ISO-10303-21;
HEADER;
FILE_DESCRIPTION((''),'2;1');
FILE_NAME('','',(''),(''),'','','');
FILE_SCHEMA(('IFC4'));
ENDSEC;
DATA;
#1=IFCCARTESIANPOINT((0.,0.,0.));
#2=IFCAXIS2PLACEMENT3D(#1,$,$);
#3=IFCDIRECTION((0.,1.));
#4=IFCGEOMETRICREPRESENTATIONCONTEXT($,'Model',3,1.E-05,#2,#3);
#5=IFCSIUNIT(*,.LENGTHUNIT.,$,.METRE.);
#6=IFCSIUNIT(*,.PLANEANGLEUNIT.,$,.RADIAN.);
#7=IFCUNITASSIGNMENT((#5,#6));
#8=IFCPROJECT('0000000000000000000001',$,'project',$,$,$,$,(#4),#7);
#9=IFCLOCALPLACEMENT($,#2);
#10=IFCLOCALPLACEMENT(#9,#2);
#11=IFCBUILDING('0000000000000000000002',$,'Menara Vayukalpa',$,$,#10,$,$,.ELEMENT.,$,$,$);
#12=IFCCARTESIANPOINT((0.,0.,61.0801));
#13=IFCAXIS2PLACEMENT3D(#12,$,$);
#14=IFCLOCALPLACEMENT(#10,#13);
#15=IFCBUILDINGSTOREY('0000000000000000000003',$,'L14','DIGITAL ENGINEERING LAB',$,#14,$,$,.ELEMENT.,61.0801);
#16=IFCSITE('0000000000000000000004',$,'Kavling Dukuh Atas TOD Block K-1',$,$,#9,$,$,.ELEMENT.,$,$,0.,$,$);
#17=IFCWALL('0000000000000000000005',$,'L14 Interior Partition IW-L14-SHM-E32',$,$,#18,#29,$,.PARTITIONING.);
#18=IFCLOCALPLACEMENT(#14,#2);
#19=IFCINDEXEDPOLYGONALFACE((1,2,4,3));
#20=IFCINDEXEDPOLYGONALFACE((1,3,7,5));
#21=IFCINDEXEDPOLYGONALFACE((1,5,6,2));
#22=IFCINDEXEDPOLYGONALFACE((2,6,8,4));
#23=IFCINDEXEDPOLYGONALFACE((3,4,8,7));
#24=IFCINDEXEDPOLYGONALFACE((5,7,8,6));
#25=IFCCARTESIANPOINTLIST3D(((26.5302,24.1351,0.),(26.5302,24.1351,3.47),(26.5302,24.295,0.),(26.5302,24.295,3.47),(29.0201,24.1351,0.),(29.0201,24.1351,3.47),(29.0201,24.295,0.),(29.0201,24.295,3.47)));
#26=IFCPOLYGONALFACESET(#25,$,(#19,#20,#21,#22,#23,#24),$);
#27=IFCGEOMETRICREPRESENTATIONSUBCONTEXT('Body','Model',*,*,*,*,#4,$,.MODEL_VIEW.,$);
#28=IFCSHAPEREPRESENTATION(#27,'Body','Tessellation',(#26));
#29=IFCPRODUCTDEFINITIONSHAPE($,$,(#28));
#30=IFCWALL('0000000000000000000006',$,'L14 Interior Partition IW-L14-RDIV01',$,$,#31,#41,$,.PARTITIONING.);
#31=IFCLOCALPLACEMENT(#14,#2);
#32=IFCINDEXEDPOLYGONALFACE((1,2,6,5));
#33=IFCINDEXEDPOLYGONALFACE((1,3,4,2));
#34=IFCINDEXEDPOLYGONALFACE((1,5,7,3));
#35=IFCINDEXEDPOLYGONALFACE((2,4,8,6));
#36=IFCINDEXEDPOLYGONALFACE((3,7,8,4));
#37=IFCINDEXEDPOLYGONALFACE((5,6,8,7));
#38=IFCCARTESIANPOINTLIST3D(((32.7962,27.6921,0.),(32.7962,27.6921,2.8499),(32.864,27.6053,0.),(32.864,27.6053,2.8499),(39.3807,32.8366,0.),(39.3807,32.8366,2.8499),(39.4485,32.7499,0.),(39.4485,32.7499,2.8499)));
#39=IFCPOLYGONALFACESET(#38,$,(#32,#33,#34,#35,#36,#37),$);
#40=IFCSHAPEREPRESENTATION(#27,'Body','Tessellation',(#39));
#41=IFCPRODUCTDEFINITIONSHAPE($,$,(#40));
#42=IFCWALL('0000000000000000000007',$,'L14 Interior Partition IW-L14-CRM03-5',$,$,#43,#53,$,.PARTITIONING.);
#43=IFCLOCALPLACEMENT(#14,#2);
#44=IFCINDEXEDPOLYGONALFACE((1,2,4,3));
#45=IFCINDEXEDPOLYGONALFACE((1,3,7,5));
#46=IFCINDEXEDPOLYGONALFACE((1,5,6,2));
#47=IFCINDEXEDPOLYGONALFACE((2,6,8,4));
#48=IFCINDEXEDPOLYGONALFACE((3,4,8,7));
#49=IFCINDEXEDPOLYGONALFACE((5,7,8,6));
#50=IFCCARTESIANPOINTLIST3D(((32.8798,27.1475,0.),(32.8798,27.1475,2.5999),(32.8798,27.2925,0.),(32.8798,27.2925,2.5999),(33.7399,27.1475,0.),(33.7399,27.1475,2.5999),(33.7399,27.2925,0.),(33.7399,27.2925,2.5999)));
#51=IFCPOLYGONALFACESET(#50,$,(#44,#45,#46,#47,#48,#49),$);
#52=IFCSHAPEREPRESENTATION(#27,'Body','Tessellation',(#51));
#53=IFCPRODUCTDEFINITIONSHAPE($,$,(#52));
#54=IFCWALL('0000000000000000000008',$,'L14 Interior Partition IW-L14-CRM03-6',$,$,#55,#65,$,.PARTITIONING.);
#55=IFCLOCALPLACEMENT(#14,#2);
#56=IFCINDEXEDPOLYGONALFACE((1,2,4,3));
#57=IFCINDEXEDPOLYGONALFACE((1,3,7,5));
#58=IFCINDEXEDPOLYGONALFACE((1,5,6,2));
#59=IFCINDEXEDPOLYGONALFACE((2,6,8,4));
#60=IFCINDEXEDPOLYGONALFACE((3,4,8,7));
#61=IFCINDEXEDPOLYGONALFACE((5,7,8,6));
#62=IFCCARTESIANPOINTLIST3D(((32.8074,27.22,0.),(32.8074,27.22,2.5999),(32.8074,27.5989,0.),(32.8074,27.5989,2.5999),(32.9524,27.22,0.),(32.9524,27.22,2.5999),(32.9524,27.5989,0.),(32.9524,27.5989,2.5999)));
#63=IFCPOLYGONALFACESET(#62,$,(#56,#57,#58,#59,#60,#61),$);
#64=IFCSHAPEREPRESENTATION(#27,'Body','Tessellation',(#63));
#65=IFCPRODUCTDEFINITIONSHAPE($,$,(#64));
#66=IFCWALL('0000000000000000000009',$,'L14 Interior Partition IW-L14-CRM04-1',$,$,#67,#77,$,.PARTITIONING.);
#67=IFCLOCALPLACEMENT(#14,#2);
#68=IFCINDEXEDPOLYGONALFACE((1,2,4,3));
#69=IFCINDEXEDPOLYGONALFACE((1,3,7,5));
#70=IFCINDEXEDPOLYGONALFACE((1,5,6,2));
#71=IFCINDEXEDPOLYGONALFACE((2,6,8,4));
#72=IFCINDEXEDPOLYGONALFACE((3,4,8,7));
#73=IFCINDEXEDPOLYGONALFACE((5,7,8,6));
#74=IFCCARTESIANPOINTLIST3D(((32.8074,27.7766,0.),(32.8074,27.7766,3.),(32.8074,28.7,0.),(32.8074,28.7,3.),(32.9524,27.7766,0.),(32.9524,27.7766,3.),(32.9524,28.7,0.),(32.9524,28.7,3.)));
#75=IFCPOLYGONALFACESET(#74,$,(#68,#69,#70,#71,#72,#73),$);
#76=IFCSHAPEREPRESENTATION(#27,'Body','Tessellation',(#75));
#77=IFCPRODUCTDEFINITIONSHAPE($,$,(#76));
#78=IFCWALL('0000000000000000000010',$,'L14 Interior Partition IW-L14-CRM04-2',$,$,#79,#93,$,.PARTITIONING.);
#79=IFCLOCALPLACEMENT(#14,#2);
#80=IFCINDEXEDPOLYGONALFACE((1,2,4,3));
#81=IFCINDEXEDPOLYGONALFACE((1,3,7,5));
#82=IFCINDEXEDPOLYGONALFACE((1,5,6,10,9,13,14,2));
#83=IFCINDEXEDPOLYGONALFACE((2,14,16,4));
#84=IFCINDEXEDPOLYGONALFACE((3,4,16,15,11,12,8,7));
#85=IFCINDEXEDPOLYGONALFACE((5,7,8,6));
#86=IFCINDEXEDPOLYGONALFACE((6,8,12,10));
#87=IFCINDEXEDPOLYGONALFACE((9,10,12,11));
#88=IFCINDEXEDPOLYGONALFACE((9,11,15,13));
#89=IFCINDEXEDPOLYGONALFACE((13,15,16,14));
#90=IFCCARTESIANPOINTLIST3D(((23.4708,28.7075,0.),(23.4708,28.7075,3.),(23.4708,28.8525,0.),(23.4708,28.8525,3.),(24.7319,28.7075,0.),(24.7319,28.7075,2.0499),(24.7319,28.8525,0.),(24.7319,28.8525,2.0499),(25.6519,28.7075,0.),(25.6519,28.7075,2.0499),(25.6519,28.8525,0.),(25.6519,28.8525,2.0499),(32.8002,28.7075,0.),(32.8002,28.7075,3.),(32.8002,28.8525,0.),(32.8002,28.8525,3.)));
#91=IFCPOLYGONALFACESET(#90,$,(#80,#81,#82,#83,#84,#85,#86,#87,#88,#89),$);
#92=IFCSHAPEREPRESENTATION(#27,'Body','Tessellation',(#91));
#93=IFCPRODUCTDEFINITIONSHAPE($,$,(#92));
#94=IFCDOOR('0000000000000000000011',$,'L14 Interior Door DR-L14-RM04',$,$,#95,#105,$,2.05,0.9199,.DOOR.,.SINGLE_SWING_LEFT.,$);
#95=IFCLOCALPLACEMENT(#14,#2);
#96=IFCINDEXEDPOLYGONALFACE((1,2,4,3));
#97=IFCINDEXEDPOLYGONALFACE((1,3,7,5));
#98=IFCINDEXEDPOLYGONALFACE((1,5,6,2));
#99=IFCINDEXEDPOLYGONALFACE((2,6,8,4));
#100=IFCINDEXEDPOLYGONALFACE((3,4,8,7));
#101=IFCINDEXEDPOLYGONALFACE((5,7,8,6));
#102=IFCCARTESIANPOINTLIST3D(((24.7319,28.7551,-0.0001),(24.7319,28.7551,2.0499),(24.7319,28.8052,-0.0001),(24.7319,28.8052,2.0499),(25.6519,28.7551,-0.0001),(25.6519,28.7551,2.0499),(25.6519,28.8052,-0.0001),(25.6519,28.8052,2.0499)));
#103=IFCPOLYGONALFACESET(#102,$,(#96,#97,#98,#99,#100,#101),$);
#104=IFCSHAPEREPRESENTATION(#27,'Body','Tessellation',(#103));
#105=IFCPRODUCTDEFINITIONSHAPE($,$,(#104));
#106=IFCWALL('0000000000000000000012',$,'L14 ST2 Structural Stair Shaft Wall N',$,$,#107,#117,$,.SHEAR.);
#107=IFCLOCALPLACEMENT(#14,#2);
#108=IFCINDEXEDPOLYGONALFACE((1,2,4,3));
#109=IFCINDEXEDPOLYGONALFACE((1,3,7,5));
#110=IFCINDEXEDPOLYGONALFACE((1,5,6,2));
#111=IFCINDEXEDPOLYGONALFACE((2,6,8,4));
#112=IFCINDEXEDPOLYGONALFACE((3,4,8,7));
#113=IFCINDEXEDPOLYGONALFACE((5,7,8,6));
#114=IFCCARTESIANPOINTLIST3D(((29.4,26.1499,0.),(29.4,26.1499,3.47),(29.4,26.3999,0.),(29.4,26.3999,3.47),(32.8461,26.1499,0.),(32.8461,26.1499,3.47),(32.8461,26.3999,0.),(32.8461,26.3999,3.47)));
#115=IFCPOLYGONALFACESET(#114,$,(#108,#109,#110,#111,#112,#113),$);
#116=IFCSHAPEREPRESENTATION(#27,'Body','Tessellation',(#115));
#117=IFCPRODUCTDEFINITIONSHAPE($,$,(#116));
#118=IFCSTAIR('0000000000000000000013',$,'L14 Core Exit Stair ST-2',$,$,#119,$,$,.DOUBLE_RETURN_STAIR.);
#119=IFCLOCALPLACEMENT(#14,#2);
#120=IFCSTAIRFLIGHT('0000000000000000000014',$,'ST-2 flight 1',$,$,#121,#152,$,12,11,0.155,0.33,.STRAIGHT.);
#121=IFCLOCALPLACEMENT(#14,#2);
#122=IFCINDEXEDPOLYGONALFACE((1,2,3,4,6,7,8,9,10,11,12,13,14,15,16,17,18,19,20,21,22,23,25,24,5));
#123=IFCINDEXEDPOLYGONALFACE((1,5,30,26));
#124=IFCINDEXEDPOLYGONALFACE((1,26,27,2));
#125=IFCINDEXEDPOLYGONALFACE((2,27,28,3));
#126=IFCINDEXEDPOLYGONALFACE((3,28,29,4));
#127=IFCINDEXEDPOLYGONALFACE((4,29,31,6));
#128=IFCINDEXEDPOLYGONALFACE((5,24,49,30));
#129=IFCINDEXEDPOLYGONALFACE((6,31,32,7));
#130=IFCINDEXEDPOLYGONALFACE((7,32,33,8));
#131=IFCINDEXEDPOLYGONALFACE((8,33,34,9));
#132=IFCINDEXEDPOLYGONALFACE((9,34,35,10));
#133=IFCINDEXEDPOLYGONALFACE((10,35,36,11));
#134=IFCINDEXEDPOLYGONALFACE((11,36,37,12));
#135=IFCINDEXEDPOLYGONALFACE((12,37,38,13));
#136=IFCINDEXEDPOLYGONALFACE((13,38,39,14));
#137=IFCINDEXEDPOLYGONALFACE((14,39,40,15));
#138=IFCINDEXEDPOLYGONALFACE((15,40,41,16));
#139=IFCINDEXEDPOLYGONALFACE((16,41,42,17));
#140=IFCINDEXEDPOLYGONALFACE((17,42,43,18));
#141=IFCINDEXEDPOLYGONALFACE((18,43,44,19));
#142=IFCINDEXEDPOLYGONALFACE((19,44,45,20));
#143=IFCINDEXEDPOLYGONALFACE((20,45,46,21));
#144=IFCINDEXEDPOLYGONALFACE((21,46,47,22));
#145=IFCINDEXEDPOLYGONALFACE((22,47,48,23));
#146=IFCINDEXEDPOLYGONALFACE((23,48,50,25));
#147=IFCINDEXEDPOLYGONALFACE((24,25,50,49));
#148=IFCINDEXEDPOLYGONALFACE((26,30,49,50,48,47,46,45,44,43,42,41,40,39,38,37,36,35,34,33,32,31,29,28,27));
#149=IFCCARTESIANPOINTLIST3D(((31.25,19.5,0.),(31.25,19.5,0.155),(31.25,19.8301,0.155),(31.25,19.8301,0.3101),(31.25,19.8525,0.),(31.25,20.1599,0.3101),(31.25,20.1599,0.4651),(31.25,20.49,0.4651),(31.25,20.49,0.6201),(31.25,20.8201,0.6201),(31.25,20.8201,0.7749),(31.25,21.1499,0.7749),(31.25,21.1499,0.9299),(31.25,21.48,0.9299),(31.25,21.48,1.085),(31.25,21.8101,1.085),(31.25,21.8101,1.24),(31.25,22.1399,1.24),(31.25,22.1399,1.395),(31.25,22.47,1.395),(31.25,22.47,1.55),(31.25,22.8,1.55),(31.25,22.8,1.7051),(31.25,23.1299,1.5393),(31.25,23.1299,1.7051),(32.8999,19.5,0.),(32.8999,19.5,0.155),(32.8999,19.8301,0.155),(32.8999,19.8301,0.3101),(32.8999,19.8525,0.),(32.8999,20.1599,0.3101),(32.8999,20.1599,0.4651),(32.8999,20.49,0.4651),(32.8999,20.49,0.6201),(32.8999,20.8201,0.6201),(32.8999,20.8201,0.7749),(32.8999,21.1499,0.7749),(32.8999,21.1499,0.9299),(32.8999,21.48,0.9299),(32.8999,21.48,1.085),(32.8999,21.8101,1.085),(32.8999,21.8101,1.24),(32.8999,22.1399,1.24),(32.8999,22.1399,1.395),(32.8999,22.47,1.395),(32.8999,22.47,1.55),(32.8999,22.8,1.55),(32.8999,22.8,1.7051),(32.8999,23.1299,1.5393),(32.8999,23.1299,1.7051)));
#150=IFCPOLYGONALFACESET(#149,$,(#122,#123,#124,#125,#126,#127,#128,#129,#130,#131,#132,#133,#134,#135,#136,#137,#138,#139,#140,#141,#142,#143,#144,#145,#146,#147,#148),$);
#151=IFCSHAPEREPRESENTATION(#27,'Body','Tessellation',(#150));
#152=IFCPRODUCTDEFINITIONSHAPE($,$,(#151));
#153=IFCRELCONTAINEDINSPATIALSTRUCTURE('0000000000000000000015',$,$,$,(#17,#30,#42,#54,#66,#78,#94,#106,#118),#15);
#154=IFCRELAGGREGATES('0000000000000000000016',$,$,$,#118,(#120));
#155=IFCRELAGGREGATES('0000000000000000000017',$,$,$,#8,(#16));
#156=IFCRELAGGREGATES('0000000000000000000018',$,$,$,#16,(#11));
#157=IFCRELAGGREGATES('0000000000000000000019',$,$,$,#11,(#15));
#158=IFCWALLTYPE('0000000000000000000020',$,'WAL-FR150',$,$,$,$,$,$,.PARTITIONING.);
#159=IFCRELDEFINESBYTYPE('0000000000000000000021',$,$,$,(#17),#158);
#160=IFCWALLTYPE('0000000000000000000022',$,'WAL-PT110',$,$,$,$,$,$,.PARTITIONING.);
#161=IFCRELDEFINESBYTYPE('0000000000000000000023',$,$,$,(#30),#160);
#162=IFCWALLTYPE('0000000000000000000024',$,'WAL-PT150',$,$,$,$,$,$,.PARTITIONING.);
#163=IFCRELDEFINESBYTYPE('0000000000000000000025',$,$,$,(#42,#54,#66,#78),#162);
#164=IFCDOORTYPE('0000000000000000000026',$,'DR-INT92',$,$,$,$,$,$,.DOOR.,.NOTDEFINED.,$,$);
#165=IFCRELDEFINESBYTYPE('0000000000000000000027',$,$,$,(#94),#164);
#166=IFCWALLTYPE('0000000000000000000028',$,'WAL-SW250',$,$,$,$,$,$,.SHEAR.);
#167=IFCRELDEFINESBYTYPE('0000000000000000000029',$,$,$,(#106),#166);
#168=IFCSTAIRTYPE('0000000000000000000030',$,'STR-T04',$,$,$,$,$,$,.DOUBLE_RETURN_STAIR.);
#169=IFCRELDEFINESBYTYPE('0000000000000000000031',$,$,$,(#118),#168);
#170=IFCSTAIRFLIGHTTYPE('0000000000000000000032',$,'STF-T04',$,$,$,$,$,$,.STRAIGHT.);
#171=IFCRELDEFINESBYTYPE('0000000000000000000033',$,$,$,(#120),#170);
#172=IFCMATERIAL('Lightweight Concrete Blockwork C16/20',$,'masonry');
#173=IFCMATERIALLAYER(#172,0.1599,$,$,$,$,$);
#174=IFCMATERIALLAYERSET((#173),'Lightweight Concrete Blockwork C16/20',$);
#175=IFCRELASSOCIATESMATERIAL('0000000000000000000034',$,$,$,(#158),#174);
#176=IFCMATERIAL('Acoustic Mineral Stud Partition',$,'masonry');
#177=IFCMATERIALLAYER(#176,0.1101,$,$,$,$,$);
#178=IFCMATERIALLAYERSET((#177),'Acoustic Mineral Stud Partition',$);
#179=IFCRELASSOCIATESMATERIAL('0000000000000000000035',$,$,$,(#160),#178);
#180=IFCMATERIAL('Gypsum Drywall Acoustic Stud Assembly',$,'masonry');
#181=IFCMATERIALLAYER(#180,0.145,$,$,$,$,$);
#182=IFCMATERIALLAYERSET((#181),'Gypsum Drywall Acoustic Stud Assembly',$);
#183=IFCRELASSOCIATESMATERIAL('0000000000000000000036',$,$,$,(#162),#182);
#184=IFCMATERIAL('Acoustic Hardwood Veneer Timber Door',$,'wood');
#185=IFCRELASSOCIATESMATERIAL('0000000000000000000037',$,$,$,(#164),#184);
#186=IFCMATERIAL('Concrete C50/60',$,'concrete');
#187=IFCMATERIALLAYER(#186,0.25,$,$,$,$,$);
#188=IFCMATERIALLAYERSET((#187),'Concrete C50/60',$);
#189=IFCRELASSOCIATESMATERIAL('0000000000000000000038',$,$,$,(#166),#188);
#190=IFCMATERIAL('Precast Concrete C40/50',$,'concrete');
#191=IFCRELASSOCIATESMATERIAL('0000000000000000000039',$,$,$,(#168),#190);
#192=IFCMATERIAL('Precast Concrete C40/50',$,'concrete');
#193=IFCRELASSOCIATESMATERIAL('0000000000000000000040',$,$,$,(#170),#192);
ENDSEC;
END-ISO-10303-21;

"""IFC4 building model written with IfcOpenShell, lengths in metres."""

from ifc_helpers import new_model, si_unit, direction, frame, frame_2d, origin, place, context, subcontext, project, spatial, polyline, rectangle, outline, extrude, material, layer, layer_set, type_object, element, fill, aggregate, save


model = new_model("IFC4")

# Units and contexts
model_context = context("Model", 3, precision=1e-05, world=origin(), true_north=direction((0.0, 1.0)))
body_context = subcontext(model_context, "Body", "Model", "MODEL_VIEW")
ifc_project = project(units=[si_unit("LENGTHUNIT", "METRE"), si_unit("PLANEANGLEUNIT", "RADIAN")], contexts=[model_context])

# Site, building, storey
site_placement = place(None, origin())
site = spatial("IfcSite", under=ifc_project, at=site_placement, Name="Kavling Dukuh Atas TOD Block K-1", CompositionType="ELEMENT", RefElevation=0.0)
building_placement = place(site_placement, origin())
building = spatial("IfcBuilding", under=site, at=building_placement, Name="Menara Vayukalpa", CompositionType="ELEMENT")
storey_placement = place(building_placement, frame((0.0, 0.0, 61.0801)))
storey = spatial("IfcBuildingStorey", under=building, at=storey_placement, Name="L14", Description="DIGITAL ENGINEERING LAB", CompositionType="ELEMENT", Elevation=61.0801)

# Walls
ifc_material_1 = material(Name="Lightweight Concrete Blockwork C16/20", Category="masonry")
ifc_layer_1 = layer(ifc_material_1, 0.1599)
ifc_layer_set_1 = layer_set([ifc_layer_1], Name="Lightweight Concrete Blockwork C16/20")
wall_type_1 = type_object("IfcWallType", Name="WAL-FR150", PredefinedType="PARTITIONING", material=ifc_layer_set_1)
wall_1_placement = place(storey_placement, frame((26.53, 24.2151, 0.0), z_axis=(0.0, 0.0, 1.0), x_axis=(1.0, 0.0, 0.0)))
element("IfcWall", 1, at=wall_1_placement, inside=storey, type_object=wall_type_1, Name="L14 Interior Partition IW-L14-SHM-E32", PredefinedType="PARTITIONING", context=body_context, shape_type="SweptSolid", body=[
    extrude(rectangle(XDim=2.49, YDim=0.1599, at=frame_2d((1.2451, 0.0))), origin(), (0.0, 0.0, 1.0), 3.47),
])
ifc_material_2 = material(Name="Acoustic Mineral Stud Partition", Category="masonry")
ifc_layer_2 = layer(ifc_material_2, 0.1101)
ifc_layer_set_2 = layer_set([ifc_layer_2], Name="Acoustic Mineral Stud Partition")
wall_type_2 = type_object("IfcWallType", Name="WAL-PT110", PredefinedType="PARTITIONING", material=ifc_layer_set_2)
wall_2_placement = place(storey_placement, frame((32.8301, 27.6487, 0.0), z_axis=(0.0, 0.0, 1.0), x_axis=(0.788, 0.615675, 0.0)))
element("IfcWall", 2, at=wall_2_placement, inside=storey, type_object=wall_type_2, Name="L14 Interior Partition IW-L14-RDIV01", PredefinedType="PARTITIONING", context=body_context, shape_type="SweptSolid", body=[
    extrude(rectangle(XDim=8.356, YDim=0.1101, at=frame_2d((4.178, 0.0))), origin(), (0.0, 0.0, 1.0), 2.8499),
])
ifc_material_3 = material(Name="Gypsum Drywall Acoustic Stud Assembly", Category="masonry")
ifc_layer_3 = layer(ifc_material_3, 0.145)
ifc_layer_set_3 = layer_set([ifc_layer_3], Name="Gypsum Drywall Acoustic Stud Assembly")
wall_type_3 = type_object("IfcWallType", Name="WAL-PT150", PredefinedType="PARTITIONING", material=ifc_layer_set_3)
wall_3_placement = place(storey_placement, frame((33.74, 27.22, 0.0), z_axis=(0.0, 0.0, 1.0), x_axis=(-1.0, 0.0, 0.0)))
element("IfcWall", 3, at=wall_3_placement, inside=storey, type_object=wall_type_3, Name="L14 Interior Partition IW-L14-CRM03-5", PredefinedType="PARTITIONING", context=body_context, shape_type="SweptSolid", body=[
    extrude(rectangle(XDim=0.8601, YDim=0.145, at=frame_2d((0.4302, 0.0))), origin(), (0.0, 0.0, 1.0), 2.5999),
])
wall_4_placement = place(storey_placement, frame((32.8799, 27.22, 0.0), z_axis=(0.0, 0.0, 1.0), x_axis=(0.0, 1.0, 0.0)))
element("IfcWall", 4, at=wall_4_placement, inside=storey, type_object=wall_type_3, Name="L14 Interior Partition IW-L14-CRM03-6", PredefinedType="PARTITIONING", context=body_context, shape_type="SweptSolid", body=[
    extrude(rectangle(XDim=0.3789, YDim=0.145, at=frame_2d((0.1895, 0.0))), origin(), (0.0, 0.0, 1.0), 2.5999),
])
wall_5_placement = place(storey_placement, frame((32.8799, 27.7766, 0.0), z_axis=(0.0, 0.0, 1.0), x_axis=(0.0, 1.0, 0.0)))
element("IfcWall", 5, at=wall_5_placement, inside=storey, type_object=wall_type_3, Name="L14 Interior Partition IW-L14-CRM04-1", PredefinedType="PARTITIONING", context=body_context, shape_type="SweptSolid", body=[
    extrude(rectangle(XDim=0.9233, YDim=0.145, at=frame_2d((0.4617, 0.0))), origin(), (0.0, 0.0, 1.0), 3.0),
])

# Wall, opening, door
wall_6_placement = place(storey_placement, frame((32.8, 28.78, 0.0), z_axis=(0.0, 0.0, 1.0), x_axis=(-1.0, 0.0, 0.0)))
wall_6 = element("IfcWall", 6, at=wall_6_placement, inside=storey, type_object=wall_type_3, Name="L14 Interior Partition IW-L14-CRM04-2", PredefinedType="PARTITIONING", context=body_context, shape_type="SweptSolid", body=[
    extrude(rectangle(XDim=9.3293, YDim=0.145, at=frame_2d((4.6646, 0.0))), origin(), (0.0, 0.0, 1.0), 3.0),
])
opening_placement = place(wall_6_placement, frame((7.1482, 0.0, 0.0)))
opening = element("IfcOpeningElement", 7, at=opening_placement, cuts=wall_6, PredefinedType="OPENING", context=body_context, shape_type="SweptSolid", body=[
    extrude(rectangle(XDim=0.9199, YDim=2.05, at=frame_2d((0.46, 1.0249))), frame((0.0, 0.0825, 0.0), z_axis=(0.0, -1.0, 0.0), x_axis=(1.0, 0.0, 0.0)), (0.0, 0.0, 1.0), 0.165),
])
ifc_material_4 = material(Name="Acoustic Hardwood Veneer Timber Door", Category="wood")
door_type = type_object("IfcDoorType", Name="DR-INT92", OperationType="NOTDEFINED", PredefinedType="DOOR", material=ifc_material_4)
door_placement = place(opening_placement, origin())
door = element("IfcDoor", 8, at=door_placement, inside=storey, type_object=door_type, Name="L14 Interior Door DR-L14-RM04", OperationType="SINGLE_SWING_LEFT", OverallHeight=2.05, OverallWidth=0.9199, PredefinedType="DOOR", context=body_context, shape_type="SweptSolid", body=[
    extrude(rectangle(XDim=0.9199, YDim=2.05, at=frame_2d((0.46, 1.0249))), frame((0.0, 0.0249, 0.0), z_axis=(0.0, -1.0, 0.0), x_axis=(1.0, 0.0, 0.0)), (0.0, 0.0, 1.0), 0.05),
])
fill(opening, door)

# Wall
ifc_material_5 = material(Name="Concrete C50/60", Category="concrete")
ifc_layer_4 = layer(ifc_material_5, 0.25)
ifc_layer_set_4 = layer_set([ifc_layer_4], Name="Concrete C50/60")
wall_type_4 = type_object("IfcWallType", Name="WAL-SW250", PredefinedType="SHEAR", material=ifc_layer_set_4)
wall_7_placement = place(storey_placement, frame((29.3999, 26.2749, 0.0), z_axis=(0.0, 0.0, 1.0), x_axis=(1.0, 0.0, 0.0)))
element("IfcWall", 9, at=wall_7_placement, inside=storey, type_object=wall_type_4, Name="L14 ST2 Structural Stair Shaft Wall N", PredefinedType="SHEAR", context=body_context, shape_type="SweptSolid", body=[
    extrude(rectangle(XDim=3.446, YDim=0.25, at=frame_2d((1.7231, 0.0))), origin(), (0.0, 0.0, 1.0), 3.47),
])

# Stair, stair flight
ifc_material_6 = material(Name="Precast Concrete C40/50", Category="concrete")
stair_type = type_object("IfcStairType", Name="STR-T04", PredefinedType="DOUBLE_RETURN_STAIR", material=ifc_material_6)
stair_placement = place(storey_placement, origin())
stair = element("IfcStair", 10, at=stair_placement, inside=storey, type_object=stair_type, Name="L14 Core Exit Stair ST-2", PredefinedType="DOUBLE_RETURN_STAIR")
ifc_material_7 = material(Name="Precast Concrete C40/50", Category="concrete")
stair_flight_type = type_object("IfcStairFlightType", Name="STF-T04", PredefinedType="STRAIGHT", material=ifc_material_7)
stair_flight_1_placement = place(storey_placement, frame((32.075, 19.5, 0.0), z_axis=(0.0, 0.0, 1.0), x_axis=(0.0, 1.0, 0.0)))
stair_flight_1 = element("IfcStairFlight", 11, at=stair_flight_1_placement, type_object=stair_flight_type, Name="ST-2 flight 1", NumberOfRisers=12, NumberOfTreads=11, PredefinedType="STRAIGHT", RiserHeight=0.155, TreadLength=0.33, context=body_context, shape_type="SweptSolid", body=[
    extrude(outline(polyline([(0.0, 0.0), (0.0, 0.155), (0.3301, 0.155), (0.3301, 0.3101), (0.6599, 0.3101), (0.6599, 0.4651), (0.99, 0.4651), (0.99, 0.6201), (1.3201, 0.6201), (1.3201, 0.7749), (1.6499, 0.7749), (1.6499, 0.9299), (1.98, 0.9299), (1.98, 1.085), (2.3101, 1.085), (2.3101, 1.24), (2.6399, 1.24), (2.6399, 1.395), (2.97, 1.395), (2.97, 1.55), (3.3, 1.55), (3.3, 1.7051), (3.6299, 1.7051), (3.6299, 1.8601), (3.6299, 1.5393), (0.3525, 0.0), (0.0, 0.0)])), frame((0.0, 0.825, 0.0), z_axis=(0.0, -1.0, 0.0), x_axis=(1.0, 0.0, 0.0)), (0.0, 0.0, 1.0), 1.6499),
])
aggregate(stair, [stair_flight_1])

save(model, "model.ifc")
